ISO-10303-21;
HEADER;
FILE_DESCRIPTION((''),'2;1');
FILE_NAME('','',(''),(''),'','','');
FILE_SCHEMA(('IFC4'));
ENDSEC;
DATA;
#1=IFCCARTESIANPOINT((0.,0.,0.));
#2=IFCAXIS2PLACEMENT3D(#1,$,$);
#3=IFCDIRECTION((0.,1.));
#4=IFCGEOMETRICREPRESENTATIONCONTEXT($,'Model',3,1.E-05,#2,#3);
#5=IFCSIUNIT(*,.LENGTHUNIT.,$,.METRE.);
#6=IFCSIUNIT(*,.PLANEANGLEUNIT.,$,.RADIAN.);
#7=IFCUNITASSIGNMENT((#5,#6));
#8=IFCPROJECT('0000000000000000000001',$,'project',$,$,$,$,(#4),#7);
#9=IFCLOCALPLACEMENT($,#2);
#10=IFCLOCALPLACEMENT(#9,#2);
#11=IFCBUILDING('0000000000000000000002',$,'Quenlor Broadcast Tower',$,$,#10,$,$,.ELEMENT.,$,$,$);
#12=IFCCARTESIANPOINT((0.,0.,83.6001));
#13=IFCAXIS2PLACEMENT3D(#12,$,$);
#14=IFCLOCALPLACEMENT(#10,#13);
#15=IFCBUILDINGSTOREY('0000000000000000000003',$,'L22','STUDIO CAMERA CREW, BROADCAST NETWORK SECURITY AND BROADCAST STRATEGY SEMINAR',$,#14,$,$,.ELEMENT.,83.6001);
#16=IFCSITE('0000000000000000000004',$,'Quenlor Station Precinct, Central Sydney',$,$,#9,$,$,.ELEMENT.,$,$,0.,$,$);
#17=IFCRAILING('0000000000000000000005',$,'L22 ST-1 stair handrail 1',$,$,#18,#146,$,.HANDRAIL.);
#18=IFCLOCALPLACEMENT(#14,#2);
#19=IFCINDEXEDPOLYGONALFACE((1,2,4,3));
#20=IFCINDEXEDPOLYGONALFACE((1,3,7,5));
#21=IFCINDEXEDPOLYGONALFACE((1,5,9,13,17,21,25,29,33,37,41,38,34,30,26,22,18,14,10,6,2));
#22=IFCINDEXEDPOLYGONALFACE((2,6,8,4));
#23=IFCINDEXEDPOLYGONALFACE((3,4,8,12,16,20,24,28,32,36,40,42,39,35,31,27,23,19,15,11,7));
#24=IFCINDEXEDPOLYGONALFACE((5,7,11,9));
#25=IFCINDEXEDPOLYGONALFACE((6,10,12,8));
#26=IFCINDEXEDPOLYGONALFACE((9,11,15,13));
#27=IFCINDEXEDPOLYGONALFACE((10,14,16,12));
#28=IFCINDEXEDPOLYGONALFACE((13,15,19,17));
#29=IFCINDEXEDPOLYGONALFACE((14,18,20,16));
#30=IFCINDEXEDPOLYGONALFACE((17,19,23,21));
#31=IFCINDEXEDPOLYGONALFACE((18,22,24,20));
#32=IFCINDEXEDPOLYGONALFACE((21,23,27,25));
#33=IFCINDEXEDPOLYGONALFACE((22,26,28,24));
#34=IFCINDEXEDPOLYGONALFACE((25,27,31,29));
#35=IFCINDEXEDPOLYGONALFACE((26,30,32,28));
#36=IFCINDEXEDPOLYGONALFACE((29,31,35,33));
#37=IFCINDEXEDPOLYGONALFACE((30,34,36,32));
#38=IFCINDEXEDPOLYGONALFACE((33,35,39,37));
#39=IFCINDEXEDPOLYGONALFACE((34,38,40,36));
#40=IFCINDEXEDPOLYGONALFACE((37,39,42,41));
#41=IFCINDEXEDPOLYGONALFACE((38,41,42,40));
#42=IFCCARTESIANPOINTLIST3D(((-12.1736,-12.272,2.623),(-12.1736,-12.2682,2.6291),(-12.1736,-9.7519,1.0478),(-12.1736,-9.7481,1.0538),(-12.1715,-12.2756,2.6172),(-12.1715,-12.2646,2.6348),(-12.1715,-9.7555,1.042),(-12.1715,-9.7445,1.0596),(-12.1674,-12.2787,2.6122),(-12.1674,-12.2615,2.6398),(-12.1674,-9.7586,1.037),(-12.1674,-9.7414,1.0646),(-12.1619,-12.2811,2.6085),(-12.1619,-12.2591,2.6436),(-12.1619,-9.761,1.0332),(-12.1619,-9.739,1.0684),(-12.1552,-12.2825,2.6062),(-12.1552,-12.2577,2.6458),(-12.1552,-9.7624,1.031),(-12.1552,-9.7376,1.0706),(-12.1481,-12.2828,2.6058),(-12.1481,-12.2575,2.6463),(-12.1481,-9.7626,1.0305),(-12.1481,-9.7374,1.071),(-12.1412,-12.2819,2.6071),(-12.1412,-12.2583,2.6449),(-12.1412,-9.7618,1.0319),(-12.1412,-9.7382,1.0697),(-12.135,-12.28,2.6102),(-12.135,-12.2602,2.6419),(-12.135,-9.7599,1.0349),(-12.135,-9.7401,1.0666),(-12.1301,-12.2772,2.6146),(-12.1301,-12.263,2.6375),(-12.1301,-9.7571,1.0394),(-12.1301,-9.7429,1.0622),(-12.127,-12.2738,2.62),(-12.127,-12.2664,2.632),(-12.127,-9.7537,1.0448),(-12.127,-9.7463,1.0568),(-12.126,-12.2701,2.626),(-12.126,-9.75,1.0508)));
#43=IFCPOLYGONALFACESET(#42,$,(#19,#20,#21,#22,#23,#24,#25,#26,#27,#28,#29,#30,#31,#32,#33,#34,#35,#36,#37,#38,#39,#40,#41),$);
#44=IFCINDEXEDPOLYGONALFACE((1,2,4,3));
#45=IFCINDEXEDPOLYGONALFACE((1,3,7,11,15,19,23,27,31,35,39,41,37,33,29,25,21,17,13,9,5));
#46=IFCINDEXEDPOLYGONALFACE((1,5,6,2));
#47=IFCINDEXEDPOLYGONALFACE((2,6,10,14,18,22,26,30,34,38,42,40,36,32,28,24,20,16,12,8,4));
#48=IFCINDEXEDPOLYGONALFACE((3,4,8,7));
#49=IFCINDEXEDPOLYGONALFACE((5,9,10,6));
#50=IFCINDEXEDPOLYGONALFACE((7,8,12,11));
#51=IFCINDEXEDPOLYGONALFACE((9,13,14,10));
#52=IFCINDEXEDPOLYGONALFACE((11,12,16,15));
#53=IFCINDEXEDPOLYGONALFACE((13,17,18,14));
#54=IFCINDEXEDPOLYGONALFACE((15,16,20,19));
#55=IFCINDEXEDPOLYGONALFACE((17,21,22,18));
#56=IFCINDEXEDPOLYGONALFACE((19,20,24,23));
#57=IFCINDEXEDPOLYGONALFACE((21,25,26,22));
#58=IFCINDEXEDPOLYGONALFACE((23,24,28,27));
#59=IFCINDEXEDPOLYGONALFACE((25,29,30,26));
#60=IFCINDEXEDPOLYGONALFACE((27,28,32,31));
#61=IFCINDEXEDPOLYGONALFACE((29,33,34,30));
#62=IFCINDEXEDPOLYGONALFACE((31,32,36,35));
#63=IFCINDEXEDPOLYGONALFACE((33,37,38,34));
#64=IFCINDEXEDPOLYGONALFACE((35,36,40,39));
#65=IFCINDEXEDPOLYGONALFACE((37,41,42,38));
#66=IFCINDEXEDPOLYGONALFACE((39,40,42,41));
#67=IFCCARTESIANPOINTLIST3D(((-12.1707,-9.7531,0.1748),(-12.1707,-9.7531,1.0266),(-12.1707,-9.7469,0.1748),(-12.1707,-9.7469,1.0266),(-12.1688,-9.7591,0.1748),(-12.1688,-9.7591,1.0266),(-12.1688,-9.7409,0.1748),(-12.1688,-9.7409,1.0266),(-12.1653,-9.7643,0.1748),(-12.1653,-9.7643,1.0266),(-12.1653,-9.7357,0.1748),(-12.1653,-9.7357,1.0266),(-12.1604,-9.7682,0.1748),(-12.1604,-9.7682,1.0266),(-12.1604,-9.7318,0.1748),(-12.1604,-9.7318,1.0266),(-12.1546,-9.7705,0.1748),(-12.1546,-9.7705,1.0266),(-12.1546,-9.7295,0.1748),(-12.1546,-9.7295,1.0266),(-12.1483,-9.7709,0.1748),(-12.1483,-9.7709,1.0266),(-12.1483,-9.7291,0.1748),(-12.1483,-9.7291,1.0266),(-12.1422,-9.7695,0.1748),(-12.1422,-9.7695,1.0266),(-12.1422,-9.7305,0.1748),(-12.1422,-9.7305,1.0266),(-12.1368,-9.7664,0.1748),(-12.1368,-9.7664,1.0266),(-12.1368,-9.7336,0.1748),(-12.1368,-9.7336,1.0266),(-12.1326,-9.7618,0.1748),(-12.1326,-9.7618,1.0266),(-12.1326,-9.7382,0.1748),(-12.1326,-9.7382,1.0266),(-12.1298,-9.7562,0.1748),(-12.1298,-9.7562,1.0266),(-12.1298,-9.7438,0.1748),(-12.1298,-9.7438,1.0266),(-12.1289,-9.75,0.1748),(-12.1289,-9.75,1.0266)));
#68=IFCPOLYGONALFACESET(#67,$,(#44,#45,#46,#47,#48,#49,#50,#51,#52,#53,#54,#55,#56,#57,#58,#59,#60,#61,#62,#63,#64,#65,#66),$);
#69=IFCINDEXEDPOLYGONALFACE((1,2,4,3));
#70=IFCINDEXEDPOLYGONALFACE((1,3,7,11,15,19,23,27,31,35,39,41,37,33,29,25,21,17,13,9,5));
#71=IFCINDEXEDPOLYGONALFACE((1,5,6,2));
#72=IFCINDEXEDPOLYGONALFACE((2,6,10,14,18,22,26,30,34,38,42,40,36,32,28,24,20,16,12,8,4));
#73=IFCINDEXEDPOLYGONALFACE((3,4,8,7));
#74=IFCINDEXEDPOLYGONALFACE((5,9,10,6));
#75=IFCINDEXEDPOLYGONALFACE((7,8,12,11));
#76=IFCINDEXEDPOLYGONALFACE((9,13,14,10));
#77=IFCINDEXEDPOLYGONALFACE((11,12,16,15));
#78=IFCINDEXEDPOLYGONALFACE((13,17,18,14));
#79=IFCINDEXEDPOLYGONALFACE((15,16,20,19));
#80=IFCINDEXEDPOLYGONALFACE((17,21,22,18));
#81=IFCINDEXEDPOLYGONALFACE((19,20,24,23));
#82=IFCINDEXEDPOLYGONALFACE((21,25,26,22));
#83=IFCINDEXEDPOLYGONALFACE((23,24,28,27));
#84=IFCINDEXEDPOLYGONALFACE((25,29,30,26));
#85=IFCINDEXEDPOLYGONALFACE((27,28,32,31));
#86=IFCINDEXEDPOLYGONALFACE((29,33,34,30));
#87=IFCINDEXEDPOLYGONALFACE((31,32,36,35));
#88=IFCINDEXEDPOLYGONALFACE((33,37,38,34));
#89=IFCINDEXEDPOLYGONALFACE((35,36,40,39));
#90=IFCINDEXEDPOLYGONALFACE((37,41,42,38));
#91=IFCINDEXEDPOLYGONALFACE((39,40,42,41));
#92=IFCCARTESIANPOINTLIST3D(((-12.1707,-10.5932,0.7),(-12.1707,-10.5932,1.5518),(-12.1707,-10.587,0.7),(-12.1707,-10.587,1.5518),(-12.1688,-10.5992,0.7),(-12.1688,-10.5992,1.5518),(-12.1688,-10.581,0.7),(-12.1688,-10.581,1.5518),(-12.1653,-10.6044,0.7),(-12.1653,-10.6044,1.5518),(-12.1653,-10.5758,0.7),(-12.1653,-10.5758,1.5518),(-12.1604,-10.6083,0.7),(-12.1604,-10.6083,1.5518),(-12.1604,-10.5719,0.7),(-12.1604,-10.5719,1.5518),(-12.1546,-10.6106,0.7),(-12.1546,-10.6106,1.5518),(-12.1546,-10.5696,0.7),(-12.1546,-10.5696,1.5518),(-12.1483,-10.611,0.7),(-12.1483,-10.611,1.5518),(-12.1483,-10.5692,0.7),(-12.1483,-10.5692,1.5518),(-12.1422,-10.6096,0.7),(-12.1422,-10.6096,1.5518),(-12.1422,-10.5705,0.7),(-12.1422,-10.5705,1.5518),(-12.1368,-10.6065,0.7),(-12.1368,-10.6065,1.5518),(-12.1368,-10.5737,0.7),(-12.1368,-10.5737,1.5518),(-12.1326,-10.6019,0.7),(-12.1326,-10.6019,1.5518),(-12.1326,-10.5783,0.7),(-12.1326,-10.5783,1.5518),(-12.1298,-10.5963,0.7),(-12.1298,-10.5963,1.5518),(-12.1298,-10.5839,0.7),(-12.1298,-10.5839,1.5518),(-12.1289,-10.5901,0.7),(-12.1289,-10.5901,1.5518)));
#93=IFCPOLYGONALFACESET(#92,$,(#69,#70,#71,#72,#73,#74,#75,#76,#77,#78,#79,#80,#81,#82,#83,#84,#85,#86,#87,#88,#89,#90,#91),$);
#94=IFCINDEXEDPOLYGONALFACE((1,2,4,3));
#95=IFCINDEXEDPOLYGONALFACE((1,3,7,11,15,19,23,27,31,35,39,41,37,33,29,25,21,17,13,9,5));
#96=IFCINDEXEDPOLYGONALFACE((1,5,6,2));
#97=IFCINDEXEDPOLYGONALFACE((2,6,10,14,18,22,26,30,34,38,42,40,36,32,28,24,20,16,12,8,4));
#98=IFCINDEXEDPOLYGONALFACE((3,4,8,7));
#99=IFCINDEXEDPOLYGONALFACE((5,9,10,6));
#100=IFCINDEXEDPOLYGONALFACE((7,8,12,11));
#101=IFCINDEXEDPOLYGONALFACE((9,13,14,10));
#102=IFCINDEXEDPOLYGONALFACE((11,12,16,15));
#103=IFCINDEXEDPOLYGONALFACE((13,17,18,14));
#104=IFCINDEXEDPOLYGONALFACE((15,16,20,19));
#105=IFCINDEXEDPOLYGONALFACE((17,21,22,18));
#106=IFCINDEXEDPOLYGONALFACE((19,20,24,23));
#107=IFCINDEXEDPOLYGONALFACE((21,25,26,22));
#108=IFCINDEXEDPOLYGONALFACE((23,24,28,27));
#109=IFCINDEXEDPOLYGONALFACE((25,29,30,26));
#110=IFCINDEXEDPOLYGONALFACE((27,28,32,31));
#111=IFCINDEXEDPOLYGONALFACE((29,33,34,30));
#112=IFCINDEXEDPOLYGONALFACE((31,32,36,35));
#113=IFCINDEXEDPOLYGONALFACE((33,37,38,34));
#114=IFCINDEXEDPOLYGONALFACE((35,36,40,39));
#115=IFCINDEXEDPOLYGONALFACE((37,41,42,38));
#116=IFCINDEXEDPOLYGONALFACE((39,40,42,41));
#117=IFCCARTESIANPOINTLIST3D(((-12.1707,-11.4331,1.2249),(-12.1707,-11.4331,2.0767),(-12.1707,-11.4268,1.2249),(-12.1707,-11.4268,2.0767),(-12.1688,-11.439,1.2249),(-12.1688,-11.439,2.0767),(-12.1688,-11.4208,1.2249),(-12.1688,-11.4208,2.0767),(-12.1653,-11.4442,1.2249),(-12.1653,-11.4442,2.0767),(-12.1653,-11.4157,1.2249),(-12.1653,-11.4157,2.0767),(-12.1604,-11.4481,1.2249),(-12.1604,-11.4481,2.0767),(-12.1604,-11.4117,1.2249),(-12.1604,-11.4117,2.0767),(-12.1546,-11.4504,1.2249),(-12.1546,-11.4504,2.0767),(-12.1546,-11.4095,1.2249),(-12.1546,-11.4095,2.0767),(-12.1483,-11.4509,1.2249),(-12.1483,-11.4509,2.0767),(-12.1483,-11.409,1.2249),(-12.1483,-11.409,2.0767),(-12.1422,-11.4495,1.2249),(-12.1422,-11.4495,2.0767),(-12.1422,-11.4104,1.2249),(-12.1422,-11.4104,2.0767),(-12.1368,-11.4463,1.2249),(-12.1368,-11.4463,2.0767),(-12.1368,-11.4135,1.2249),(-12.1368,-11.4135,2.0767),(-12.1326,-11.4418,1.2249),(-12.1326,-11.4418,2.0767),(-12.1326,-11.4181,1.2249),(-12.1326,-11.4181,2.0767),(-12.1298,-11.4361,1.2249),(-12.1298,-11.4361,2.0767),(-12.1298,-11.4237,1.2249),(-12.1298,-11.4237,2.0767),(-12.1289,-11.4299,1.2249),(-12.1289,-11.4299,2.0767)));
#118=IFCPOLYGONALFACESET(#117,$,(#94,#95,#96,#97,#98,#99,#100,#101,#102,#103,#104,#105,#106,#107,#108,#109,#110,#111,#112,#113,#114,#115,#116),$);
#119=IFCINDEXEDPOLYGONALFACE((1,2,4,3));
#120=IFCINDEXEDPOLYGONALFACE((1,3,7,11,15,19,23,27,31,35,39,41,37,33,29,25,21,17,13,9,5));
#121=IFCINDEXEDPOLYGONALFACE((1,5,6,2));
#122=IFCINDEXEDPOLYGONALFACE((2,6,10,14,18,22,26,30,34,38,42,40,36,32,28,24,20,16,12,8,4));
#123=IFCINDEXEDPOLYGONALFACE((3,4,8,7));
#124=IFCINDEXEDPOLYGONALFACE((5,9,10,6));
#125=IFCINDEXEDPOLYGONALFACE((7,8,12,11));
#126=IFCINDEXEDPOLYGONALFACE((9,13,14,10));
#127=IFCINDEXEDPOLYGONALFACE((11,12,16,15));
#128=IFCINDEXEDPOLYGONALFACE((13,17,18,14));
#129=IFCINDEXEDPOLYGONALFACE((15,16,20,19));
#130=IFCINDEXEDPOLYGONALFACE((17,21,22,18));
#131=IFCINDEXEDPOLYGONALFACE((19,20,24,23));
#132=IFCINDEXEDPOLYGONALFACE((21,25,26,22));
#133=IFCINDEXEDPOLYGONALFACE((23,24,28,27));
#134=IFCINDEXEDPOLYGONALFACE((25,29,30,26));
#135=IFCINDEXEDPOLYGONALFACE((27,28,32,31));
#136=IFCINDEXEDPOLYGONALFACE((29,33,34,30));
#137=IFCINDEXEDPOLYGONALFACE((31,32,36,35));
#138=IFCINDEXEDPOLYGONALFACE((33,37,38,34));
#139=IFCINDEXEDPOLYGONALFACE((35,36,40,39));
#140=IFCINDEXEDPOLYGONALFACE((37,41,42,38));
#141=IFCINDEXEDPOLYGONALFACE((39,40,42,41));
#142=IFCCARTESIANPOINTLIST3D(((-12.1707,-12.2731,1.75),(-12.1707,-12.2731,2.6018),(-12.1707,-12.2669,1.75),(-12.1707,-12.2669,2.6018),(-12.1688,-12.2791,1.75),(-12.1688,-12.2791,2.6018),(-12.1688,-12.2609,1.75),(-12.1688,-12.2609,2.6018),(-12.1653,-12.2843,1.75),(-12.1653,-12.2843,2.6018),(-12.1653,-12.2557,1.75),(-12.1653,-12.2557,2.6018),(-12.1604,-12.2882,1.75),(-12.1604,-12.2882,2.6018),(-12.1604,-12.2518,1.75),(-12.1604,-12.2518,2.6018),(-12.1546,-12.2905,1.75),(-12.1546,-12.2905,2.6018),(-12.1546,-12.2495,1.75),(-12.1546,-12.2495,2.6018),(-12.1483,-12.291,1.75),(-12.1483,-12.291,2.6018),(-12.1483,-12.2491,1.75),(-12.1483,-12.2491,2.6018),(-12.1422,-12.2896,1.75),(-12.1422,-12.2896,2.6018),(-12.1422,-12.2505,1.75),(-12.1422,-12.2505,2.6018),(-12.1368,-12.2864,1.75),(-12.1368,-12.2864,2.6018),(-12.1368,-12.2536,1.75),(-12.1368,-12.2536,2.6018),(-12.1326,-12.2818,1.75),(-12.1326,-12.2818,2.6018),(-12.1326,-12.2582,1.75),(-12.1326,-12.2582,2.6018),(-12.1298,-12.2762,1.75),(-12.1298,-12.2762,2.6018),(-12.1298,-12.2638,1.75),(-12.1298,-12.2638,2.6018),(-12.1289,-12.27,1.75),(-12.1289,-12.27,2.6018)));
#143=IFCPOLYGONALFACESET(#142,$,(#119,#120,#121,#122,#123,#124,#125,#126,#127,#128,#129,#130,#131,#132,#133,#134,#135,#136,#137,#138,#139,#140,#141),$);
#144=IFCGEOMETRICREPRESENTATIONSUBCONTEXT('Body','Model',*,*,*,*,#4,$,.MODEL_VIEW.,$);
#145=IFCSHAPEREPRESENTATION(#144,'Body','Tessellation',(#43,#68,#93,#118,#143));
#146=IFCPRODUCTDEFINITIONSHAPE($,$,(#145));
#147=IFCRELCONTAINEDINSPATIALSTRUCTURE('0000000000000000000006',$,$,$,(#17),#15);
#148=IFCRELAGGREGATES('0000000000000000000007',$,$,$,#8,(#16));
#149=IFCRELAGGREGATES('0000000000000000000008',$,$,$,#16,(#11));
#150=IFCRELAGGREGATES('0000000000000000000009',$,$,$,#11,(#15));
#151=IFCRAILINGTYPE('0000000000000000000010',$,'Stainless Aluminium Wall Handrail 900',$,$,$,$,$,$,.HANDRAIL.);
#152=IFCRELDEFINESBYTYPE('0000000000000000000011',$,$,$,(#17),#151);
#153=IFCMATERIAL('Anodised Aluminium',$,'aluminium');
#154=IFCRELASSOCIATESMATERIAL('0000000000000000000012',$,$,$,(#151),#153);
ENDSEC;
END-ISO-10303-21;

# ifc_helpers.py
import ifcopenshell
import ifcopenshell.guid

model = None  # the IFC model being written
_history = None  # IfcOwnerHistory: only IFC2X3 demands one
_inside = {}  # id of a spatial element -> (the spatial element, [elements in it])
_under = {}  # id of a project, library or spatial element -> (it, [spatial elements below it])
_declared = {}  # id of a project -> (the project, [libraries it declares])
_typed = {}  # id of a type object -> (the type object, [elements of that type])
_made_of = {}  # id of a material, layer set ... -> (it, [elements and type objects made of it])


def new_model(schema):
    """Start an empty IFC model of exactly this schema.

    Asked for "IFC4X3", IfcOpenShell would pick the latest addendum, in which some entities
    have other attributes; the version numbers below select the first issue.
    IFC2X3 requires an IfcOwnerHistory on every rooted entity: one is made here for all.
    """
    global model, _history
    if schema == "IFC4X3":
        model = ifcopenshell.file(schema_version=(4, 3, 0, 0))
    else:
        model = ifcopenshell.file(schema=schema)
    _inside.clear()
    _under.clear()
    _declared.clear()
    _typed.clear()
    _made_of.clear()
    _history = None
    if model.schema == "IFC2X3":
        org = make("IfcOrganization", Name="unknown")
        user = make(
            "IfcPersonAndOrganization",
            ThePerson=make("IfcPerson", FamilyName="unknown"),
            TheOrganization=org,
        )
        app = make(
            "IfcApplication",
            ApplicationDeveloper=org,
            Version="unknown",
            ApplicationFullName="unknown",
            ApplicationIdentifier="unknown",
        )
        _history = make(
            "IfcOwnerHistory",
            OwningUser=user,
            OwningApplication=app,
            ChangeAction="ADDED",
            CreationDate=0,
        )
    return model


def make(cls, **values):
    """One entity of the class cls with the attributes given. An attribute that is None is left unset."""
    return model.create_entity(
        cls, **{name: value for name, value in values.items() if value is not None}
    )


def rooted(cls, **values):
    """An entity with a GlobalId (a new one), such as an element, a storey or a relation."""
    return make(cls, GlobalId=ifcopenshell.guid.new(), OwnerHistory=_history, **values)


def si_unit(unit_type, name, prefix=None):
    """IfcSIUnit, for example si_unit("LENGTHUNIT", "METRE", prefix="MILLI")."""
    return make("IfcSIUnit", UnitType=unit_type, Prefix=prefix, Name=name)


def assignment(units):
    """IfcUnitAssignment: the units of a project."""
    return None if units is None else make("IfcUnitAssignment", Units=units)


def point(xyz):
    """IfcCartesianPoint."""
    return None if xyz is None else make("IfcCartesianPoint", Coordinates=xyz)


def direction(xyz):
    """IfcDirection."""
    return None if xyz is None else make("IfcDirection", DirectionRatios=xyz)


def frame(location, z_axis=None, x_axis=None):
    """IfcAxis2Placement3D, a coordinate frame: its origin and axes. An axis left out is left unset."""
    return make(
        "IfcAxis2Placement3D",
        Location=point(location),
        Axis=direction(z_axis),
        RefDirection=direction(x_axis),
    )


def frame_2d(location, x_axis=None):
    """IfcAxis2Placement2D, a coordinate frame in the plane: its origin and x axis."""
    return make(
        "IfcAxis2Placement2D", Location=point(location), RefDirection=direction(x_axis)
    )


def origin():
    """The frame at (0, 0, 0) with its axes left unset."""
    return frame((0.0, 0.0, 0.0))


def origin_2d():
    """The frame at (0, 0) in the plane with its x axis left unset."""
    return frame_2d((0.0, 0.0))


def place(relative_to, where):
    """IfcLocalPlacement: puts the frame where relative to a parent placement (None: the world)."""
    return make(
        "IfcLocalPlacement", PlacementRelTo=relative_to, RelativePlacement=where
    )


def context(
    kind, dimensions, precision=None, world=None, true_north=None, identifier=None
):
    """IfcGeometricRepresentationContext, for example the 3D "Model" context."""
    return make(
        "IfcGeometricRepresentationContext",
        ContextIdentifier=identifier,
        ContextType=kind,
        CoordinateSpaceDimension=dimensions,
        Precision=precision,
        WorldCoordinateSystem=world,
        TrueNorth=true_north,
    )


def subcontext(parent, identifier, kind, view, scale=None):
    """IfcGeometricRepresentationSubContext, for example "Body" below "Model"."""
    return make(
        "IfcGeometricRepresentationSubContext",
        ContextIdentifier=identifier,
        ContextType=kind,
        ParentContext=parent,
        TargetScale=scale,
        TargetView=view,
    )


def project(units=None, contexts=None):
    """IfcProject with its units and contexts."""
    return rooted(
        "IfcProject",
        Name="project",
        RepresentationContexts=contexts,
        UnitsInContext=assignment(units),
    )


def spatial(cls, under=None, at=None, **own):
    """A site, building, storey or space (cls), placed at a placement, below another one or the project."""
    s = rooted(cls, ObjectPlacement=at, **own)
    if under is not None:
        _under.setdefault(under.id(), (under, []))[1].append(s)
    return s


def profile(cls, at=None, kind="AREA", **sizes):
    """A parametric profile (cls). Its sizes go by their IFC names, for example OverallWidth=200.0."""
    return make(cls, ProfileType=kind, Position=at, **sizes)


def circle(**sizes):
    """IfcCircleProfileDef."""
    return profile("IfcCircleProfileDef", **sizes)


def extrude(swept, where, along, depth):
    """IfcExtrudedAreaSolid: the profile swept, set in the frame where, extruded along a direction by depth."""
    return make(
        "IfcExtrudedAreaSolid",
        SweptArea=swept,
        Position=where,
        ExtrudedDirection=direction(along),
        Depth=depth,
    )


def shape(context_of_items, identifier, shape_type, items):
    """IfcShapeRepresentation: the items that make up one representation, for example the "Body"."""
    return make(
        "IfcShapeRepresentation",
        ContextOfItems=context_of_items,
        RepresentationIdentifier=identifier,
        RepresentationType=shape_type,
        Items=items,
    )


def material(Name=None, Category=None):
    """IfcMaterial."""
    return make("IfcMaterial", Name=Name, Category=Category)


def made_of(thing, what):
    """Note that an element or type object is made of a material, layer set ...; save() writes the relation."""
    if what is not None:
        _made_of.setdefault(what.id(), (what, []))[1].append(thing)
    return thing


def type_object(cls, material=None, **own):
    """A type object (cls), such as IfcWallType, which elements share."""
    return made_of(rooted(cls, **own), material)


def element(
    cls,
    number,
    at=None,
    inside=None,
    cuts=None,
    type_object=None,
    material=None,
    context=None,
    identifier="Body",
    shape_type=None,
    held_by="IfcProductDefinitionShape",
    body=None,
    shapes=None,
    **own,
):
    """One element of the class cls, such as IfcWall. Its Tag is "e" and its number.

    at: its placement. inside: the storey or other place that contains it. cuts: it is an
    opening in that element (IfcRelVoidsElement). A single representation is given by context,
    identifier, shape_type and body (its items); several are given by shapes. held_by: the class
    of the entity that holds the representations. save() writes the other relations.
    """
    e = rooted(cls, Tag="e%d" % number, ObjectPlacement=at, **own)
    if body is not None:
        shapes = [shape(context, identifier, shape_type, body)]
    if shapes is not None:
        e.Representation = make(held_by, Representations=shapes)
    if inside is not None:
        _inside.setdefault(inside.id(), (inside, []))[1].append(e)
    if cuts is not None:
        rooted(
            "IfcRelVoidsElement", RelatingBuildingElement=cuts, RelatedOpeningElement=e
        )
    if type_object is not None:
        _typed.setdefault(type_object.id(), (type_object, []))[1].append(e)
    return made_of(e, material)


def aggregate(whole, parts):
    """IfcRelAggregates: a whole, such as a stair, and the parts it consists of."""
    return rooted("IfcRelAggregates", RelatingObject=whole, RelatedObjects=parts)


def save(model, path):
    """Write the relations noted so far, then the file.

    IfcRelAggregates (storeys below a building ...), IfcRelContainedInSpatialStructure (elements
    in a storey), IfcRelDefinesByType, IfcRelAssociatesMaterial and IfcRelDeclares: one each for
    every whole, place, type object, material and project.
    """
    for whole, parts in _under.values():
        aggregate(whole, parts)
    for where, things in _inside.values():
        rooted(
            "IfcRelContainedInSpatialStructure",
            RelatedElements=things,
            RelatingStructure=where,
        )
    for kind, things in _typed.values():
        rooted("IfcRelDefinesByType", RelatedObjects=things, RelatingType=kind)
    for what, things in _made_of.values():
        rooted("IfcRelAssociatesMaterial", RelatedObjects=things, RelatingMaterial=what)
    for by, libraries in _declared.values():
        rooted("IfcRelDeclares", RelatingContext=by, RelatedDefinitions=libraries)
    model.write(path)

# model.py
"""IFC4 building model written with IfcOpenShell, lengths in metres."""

from ifc_helpers import new_model, si_unit, direction, frame, origin, origin_2d, place, context, subcontext, project, spatial, circle, extrude, material, type_object, element, save


model = new_model("IFC4")

# Units and contexts
model_context = context("Model", 3, precision=1e-05, world=origin(), true_north=direction((0.0, 1.0)))
body_context = subcontext(model_context, "Body", "Model", "MODEL_VIEW")
ifc_project = project(units=[si_unit("LENGTHUNIT", "METRE"), si_unit("PLANEANGLEUNIT", "RADIAN")], contexts=[model_context])

# Site, building, storey
site_placement = place(None, origin())
site = spatial("IfcSite", under=ifc_project, at=site_placement, Name="Quenlor Station Precinct, Central Sydney", CompositionType="ELEMENT", RefElevation=0.0)
building_placement = place(site_placement, origin())
building = spatial("IfcBuilding", under=site, at=building_placement, Name="Quenlor Broadcast Tower", CompositionType="ELEMENT")
storey_placement = place(building_placement, frame((0.0, 0.0, 83.6001)))
storey = spatial("IfcBuildingStorey", under=building, at=storey_placement, Name="L22", Description="STUDIO CAMERA CREW, BROADCAST NETWORK SECURITY AND BROADCAST STRATEGY SEMINAR", CompositionType="ELEMENT", Elevation=83.6001)

# Railing
ifc_material_1 = material(Name="Anodised Aluminium", Category="aluminium")
railing_type_1 = type_object("IfcRailingType", Name="Stainless Aluminium Wall Handrail 900", PredefinedType="HANDRAIL", material=ifc_material_1)
railing_1_placement = place(storey_placement, frame((-12.1499, -9.75, 0.1748)))
element("IfcRailing", 1, at=railing_1_placement, inside=storey, type_object=railing_type_1, Name="L22 ST-1 stair handrail 1", PredefinedType="HANDRAIL", context=body_context, shape_type="SweptSolid", body=[
    extrude(circle(Radius=0.0239, at=origin_2d()), frame((0.0, 0.0, 0.876), z_axis=(0.0, -0.847971, 0.530043), x_axis=(1.0, 0.0, 0.0)), (0.0, 0.0, 1.0), 2.9719),
    extrude(circle(Radius=0.021, at=origin_2d()), origin(), (0.0, 0.0, 1.0), 0.8518),
    extrude(circle(Radius=0.021, at=origin_2d()), frame((0.0, -0.8401, 0.5251)), (0.0, 0.0, 1.0), 0.8518),
    extrude(circle(Radius=0.021, at=origin_2d()), frame((0.0, -1.6799, 1.05)), (0.0, 0.0, 1.0), 0.8518),
    extrude(circle(Radius=0.021, at=origin_2d()), frame((0.0, -2.52, 1.5752)), (0.0, 0.0, 1.0), 0.8518),
])

save(model, "model.ifc")
